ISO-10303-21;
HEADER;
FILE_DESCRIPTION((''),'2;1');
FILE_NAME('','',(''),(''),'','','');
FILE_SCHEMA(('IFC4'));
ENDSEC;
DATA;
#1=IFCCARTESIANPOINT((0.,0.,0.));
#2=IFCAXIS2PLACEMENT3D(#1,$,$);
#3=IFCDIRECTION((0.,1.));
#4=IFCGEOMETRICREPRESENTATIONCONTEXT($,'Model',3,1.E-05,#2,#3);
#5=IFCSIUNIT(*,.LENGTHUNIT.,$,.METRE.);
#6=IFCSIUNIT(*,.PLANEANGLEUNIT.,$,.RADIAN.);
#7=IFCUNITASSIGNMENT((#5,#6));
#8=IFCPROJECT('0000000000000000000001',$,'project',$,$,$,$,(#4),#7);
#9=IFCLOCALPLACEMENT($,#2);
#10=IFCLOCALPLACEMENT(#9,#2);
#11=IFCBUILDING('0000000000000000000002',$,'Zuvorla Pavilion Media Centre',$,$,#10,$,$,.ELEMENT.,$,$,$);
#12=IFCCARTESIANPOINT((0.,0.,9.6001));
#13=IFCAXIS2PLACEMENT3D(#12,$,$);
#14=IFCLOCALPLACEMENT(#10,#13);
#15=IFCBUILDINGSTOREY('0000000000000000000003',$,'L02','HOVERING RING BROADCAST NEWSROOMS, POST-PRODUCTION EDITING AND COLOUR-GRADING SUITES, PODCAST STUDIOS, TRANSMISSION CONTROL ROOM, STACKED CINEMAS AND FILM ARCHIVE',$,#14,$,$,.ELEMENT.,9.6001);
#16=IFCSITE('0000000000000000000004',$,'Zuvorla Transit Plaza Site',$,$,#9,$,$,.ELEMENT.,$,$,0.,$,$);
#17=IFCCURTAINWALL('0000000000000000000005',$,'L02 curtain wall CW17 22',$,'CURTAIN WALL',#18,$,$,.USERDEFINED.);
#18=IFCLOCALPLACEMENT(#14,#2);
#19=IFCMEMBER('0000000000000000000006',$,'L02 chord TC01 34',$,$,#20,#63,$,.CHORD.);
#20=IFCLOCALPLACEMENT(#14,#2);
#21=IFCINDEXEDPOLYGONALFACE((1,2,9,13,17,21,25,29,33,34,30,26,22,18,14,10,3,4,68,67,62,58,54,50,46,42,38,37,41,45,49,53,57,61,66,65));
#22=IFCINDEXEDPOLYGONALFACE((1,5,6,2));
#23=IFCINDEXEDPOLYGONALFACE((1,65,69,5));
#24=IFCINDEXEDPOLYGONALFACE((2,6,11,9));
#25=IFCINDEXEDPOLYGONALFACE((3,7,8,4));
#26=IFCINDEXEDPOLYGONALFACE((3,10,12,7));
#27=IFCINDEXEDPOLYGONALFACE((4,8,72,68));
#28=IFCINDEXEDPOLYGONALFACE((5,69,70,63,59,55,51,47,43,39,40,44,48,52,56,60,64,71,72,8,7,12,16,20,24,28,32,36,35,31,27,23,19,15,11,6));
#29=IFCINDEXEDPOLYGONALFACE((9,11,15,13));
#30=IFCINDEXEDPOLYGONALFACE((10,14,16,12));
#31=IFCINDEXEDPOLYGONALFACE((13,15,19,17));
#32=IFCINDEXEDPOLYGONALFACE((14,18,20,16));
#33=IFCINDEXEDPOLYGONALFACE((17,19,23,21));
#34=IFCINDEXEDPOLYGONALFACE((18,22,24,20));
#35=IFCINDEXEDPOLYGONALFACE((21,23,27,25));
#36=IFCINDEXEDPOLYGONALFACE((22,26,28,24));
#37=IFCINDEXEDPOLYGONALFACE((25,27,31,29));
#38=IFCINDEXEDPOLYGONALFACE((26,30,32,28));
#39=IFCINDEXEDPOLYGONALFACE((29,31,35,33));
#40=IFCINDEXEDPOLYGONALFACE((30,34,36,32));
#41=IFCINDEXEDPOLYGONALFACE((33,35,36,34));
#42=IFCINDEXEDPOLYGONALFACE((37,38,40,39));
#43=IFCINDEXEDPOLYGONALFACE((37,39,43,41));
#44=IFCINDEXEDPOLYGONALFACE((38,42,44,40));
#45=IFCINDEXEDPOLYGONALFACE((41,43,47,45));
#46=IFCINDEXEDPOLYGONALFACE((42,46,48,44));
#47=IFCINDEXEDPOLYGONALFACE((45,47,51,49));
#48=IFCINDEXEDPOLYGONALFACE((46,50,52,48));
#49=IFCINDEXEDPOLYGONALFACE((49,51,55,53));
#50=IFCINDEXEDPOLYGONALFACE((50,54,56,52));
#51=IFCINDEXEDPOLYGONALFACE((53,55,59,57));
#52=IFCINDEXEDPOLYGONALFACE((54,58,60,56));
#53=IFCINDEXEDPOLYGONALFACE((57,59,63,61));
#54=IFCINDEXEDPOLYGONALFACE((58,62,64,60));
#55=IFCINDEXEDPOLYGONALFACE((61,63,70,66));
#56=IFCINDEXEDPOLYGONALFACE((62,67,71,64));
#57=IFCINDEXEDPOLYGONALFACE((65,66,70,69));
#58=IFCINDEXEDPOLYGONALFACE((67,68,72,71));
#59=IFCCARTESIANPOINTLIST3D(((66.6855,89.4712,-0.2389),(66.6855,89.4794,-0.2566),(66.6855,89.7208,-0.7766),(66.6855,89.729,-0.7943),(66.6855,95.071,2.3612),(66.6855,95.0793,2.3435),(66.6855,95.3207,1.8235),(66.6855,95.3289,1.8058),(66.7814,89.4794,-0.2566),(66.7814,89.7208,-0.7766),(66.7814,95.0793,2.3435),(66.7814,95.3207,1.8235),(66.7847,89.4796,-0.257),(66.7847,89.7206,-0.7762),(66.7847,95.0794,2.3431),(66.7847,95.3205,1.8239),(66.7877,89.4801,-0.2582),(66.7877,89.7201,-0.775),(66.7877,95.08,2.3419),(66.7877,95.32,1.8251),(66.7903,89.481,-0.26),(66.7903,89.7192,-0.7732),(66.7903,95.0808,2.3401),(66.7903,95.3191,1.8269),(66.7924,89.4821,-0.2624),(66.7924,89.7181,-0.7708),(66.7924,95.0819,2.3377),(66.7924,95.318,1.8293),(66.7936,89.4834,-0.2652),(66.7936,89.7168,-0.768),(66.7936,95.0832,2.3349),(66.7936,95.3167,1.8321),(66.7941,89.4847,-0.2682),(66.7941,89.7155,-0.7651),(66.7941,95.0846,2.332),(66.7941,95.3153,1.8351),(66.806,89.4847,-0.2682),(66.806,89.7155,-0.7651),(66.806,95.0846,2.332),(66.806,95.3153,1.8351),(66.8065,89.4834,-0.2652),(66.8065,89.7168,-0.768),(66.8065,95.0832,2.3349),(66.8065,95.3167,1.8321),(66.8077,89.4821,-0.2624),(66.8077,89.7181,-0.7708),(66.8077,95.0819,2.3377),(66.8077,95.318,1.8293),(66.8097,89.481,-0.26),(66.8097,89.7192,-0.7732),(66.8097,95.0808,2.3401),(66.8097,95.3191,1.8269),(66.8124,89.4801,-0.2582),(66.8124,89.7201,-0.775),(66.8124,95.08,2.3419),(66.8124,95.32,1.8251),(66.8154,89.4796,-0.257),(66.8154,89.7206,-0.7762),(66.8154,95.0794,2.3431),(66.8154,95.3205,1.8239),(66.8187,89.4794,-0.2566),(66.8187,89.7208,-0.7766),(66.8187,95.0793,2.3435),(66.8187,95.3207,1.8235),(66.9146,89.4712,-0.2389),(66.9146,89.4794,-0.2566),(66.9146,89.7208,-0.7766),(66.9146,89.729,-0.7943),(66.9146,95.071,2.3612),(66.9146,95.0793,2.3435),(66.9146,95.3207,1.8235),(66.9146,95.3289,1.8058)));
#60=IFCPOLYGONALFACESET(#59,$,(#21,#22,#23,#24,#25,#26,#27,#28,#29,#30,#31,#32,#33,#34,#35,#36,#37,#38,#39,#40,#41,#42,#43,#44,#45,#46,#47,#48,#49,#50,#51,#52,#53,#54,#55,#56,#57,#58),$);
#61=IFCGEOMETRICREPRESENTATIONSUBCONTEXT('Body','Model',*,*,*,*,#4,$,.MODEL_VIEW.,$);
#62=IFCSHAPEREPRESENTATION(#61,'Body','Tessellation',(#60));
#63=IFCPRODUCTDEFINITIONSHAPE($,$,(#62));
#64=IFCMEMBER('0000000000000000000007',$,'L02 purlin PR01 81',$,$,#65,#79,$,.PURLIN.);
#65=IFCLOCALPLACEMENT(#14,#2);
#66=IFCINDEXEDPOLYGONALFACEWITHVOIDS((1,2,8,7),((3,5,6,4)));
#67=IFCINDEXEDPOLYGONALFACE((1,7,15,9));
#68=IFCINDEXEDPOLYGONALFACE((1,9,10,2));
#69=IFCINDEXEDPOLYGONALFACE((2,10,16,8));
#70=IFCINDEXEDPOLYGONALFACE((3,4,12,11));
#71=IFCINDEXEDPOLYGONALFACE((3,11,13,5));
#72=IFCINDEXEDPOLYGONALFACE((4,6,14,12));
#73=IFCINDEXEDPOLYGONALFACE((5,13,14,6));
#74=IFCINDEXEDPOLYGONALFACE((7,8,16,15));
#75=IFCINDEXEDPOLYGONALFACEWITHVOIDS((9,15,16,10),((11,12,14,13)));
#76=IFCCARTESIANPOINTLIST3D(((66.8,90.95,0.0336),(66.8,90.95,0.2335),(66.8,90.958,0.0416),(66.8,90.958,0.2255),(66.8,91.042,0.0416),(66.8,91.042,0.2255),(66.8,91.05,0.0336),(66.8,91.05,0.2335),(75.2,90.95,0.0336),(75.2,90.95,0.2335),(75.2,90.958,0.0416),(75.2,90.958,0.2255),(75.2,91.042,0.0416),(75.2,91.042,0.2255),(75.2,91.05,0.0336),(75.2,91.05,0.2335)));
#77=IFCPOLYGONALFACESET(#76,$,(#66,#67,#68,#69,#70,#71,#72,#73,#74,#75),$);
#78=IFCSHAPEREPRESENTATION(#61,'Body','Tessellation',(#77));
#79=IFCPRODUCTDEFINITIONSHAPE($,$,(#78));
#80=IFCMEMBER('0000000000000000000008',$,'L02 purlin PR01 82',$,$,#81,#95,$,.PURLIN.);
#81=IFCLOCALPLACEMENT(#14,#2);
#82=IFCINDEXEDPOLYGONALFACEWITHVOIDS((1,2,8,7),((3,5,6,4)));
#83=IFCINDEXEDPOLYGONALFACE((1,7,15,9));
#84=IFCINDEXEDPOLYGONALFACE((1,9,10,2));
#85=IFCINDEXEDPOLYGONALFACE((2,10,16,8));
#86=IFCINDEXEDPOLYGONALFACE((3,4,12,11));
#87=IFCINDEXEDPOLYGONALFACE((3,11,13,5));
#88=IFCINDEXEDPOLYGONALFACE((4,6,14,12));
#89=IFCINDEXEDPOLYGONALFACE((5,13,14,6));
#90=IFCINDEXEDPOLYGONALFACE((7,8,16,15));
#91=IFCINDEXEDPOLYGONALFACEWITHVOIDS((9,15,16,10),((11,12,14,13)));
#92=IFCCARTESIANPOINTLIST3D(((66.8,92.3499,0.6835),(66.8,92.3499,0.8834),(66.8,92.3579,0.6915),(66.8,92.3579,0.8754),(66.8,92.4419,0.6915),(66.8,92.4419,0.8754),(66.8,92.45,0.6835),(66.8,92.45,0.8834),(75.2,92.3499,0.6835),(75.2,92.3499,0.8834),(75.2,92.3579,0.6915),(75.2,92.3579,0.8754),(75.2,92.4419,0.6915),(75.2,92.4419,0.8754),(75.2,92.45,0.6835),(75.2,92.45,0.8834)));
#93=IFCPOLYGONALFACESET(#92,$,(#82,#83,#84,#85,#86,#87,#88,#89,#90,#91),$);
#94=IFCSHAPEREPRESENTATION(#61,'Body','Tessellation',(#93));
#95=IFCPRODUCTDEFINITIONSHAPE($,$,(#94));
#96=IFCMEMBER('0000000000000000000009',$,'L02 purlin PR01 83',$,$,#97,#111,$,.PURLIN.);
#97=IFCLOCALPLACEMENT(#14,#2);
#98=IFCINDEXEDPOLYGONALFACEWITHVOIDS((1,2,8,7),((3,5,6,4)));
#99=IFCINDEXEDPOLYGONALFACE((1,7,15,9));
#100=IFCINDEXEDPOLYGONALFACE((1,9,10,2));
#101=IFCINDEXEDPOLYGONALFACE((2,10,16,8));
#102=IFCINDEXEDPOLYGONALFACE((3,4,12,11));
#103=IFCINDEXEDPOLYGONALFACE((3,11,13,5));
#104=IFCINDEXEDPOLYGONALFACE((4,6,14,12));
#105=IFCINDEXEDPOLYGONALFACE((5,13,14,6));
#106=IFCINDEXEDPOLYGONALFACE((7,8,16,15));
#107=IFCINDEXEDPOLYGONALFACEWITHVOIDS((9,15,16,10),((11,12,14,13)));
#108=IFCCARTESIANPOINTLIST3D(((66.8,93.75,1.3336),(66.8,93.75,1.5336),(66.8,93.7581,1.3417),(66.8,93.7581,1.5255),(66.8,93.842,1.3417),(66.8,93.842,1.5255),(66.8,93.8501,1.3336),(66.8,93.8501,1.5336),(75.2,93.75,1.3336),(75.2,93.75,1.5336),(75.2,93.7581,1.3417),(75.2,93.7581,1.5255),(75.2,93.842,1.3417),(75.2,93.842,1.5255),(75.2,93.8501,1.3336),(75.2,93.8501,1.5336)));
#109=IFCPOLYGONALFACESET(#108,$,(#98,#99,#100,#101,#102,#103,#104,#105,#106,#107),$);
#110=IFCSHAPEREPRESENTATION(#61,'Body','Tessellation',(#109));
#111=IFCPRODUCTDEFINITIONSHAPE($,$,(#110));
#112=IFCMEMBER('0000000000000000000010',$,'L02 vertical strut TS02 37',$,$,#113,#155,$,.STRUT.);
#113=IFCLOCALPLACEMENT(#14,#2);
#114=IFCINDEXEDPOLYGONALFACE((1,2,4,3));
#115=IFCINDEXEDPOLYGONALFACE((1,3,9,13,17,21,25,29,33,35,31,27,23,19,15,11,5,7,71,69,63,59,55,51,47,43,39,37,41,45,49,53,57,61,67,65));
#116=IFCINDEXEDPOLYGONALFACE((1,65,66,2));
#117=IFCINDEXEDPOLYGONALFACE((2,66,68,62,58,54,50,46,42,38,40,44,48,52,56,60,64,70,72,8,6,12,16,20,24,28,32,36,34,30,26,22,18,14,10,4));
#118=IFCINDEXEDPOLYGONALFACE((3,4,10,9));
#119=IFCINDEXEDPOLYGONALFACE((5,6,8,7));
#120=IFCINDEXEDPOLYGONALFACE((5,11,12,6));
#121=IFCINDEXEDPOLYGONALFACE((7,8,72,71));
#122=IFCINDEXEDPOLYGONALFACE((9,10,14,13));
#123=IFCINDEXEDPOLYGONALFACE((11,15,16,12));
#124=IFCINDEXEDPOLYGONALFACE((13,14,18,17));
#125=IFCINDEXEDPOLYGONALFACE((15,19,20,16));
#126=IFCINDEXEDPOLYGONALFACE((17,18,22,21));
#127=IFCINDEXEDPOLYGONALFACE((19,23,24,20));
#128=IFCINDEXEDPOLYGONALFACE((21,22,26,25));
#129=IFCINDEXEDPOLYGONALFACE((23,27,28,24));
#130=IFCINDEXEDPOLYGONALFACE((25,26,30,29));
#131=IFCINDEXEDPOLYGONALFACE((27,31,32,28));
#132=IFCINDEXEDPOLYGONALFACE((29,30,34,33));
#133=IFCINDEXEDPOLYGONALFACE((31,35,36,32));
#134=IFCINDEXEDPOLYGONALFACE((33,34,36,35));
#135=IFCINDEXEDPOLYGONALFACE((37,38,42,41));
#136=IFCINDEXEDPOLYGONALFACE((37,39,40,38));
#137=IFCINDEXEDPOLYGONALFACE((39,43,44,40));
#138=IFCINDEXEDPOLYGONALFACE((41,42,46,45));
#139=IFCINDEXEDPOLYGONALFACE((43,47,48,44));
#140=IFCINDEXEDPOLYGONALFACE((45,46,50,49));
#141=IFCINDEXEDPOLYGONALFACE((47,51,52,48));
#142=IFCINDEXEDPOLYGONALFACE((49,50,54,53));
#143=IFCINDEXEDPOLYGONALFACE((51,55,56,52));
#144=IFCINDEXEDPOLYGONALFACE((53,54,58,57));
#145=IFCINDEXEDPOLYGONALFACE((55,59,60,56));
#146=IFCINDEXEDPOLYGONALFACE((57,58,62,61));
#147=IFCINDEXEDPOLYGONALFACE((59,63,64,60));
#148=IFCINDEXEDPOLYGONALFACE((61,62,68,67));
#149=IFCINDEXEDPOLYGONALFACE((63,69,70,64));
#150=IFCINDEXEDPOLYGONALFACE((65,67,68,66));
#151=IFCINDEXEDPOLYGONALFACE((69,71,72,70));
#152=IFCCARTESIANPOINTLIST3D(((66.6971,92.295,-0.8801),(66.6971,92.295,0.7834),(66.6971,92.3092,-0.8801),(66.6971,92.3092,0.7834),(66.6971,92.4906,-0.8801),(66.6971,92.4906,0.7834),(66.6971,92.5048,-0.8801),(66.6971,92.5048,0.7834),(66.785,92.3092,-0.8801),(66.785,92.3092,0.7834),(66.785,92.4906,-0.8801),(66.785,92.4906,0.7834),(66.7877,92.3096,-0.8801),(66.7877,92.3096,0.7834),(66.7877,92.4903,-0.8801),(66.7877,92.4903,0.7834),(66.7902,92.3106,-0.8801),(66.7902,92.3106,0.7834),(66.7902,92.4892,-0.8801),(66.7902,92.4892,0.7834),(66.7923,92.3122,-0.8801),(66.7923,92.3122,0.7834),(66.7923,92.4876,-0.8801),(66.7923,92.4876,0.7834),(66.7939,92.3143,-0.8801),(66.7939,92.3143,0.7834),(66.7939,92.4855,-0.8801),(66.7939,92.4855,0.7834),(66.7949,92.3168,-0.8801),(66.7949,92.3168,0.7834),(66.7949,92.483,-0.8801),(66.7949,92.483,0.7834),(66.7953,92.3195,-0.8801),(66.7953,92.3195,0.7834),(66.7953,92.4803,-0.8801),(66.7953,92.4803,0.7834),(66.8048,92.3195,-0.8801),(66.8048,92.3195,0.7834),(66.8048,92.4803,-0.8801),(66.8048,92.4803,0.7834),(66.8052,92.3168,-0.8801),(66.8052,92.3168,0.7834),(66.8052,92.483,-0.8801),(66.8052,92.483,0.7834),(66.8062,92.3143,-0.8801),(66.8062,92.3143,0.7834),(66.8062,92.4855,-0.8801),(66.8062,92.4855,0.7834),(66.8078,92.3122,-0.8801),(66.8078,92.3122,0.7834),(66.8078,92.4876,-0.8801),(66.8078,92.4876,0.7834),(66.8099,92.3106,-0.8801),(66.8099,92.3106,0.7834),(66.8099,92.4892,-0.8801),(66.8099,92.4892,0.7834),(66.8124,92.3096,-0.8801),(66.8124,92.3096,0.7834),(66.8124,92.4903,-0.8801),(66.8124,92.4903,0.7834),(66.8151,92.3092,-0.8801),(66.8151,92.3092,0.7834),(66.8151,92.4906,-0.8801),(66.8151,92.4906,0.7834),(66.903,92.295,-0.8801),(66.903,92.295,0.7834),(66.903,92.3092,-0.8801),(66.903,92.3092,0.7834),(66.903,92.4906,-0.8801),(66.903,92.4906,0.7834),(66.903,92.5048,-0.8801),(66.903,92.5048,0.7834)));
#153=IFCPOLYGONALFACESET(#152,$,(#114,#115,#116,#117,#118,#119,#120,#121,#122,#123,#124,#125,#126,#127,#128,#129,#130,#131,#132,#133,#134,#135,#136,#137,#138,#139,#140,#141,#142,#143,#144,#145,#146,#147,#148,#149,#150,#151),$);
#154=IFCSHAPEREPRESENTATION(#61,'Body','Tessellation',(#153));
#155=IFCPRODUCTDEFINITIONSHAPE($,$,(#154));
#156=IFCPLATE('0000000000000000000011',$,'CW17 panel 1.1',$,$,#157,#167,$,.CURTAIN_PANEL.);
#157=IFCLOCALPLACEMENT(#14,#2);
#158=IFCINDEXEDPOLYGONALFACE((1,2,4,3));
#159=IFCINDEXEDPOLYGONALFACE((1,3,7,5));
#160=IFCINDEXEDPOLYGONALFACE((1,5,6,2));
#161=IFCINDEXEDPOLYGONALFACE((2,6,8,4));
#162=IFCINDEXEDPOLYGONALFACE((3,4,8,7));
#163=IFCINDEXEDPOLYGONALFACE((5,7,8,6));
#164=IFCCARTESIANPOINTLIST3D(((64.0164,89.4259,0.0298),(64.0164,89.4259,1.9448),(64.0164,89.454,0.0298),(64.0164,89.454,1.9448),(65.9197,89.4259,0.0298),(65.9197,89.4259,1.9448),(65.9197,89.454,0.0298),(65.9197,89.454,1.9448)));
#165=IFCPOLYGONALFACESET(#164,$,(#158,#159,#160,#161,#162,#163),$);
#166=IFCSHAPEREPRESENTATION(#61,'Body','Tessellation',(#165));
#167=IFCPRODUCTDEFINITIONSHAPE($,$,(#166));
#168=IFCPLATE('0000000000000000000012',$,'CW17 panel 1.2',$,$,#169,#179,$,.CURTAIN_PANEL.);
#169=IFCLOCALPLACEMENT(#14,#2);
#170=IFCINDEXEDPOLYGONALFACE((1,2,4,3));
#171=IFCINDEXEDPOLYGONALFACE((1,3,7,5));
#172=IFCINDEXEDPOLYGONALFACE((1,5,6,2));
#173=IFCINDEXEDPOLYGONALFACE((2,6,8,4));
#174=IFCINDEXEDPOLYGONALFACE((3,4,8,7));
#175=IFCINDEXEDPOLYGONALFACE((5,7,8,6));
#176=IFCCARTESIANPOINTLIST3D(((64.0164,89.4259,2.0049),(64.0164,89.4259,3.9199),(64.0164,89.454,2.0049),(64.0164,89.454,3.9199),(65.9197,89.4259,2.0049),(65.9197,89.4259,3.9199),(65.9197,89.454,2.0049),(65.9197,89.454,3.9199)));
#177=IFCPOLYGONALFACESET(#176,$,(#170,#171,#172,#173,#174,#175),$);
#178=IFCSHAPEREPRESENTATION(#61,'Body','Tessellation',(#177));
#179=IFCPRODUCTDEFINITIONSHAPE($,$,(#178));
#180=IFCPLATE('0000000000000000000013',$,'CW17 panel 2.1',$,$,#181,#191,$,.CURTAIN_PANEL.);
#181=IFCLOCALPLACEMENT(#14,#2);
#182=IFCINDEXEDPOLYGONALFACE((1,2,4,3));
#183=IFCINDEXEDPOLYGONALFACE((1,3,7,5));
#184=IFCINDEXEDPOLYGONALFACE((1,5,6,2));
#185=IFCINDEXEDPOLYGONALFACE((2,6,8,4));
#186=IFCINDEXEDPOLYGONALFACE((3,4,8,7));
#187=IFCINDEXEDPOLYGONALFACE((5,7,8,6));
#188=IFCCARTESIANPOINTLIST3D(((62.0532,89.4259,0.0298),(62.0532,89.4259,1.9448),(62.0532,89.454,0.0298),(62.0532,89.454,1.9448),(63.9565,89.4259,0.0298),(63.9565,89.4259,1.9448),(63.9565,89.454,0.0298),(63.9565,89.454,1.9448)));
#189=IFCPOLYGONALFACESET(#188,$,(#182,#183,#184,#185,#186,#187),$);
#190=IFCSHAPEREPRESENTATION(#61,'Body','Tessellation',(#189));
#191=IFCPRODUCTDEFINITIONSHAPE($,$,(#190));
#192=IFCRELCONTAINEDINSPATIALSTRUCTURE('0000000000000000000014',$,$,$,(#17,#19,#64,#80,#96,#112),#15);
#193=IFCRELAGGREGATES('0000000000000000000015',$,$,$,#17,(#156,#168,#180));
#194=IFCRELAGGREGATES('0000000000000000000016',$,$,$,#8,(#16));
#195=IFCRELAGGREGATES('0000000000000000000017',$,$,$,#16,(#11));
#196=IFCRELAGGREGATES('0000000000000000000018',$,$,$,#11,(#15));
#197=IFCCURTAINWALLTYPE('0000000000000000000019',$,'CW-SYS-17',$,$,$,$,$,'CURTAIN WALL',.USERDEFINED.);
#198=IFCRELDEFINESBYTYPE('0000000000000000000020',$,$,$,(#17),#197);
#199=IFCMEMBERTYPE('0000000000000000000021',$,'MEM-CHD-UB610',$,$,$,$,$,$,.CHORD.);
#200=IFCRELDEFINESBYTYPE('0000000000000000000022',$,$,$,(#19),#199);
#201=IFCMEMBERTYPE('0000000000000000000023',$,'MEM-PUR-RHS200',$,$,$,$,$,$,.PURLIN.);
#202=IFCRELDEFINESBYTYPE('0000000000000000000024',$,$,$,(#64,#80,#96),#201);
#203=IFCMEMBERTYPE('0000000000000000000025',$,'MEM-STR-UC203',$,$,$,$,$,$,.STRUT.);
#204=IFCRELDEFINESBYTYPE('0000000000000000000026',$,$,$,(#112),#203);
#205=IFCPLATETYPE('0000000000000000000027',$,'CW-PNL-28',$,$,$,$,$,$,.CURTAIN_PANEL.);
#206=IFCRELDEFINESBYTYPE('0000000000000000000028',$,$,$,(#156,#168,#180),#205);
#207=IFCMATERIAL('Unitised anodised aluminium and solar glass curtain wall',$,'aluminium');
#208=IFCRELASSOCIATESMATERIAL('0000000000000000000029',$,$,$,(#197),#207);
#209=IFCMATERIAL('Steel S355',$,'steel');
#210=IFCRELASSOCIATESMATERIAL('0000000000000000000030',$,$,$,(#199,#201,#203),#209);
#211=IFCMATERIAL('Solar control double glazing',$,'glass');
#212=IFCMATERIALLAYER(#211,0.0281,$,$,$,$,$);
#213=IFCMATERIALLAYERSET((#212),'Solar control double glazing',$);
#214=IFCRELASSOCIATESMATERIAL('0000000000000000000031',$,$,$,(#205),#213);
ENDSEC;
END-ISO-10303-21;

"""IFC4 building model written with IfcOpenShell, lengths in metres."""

from ifc_helpers import new_model, si_unit, direction, frame, origin, origin_2d, place, context, subcontext, project, spatial, rectangle, hollow_rectangle, i_section, extrude, material, layer, layer_set, material_profile, profile_set, type_object, element, aggregate, save


model = new_model("IFC4")

# Units and contexts
model_context = context("Model", 3, precision=1e-05, world=origin(), true_north=direction((0.0, 1.0)))
body_context = subcontext(model_context, "Body", "Model", "MODEL_VIEW")
ifc_project = project(units=[si_unit("LENGTHUNIT", "METRE"), si_unit("PLANEANGLEUNIT", "RADIAN")], contexts=[model_context])

# Site, building, storey
site_placement = place(None, origin())
site = spatial("IfcSite", under=ifc_project, at=site_placement, Name="Zuvorla Transit Plaza Site", CompositionType="ELEMENT", RefElevation=0.0)
building_placement = place(site_placement, origin())
building = spatial("IfcBuilding", under=site, at=building_placement, Name="Zuvorla Pavilion Media Centre", CompositionType="ELEMENT")
storey_placement = place(building_placement, frame((0.0, 0.0, 9.6001)))
storey = spatial("IfcBuildingStorey", under=building, at=storey_placement, Name="L02", Description="HOVERING RING BROADCAST NEWSROOMS, POST-PRODUCTION EDITING AND COLOUR-GRADING SUITES, PODCAST STUDIOS, TRANSMISSION CONTROL ROOM, STACKED CINEMAS AND FILM ARCHIVE", CompositionType="ELEMENT", Elevation=9.6001)

# Shared definitions
ifc_material_1 = material(Name="Steel S355", Category="steel")

# Curtain wall
ifc_material_2 = material(Name="Unitised anodised aluminium and solar glass curtain wall", Category="aluminium")
curtain_wall_type = type_object("IfcCurtainWallType", Name="CW-SYS-17", ElementType="CURTAIN WALL", PredefinedType="USERDEFINED", material=ifc_material_2)
curtain_wall_placement = place(storey_placement, origin())
curtain_wall = element("IfcCurtainWall", 1, at=curtain_wall_placement, inside=storey, type_object=curtain_wall_type, Name="L02 curtain wall CW17 22", ObjectType="CURTAIN WALL", PredefinedType="USERDEFINED")

# Members
ifc_material_profile_1 = material_profile(ifc_material_1, i_section(OverallWidth=0.229, OverallDepth=0.6123, WebThickness=0.012, FlangeThickness=0.0195, FilletRadius=0.0127, at=origin_2d()), Name="UB 610x229x125")
ifc_profile_set_1 = profile_set([ifc_material_profile_1], Name="Steel S355")
member_type_1 = type_object("IfcMemberType", Name="MEM-CHD-UB610", PredefinedType="CHORD", material=ifc_profile_set_1)
member_1_placement = place(storey_placement, frame((66.8, 89.6001, -0.5166), z_axis=(0.0, 0.906999, 0.421133), x_axis=(-1.0, 0.0, 0.0)))
element("IfcMember", 2, at=member_1_placement, inside=storey, type_object=member_type_1, Name="L02 chord TC01 34", PredefinedType="CHORD", context=body_context, shape_type="SweptSolid", body=[
    extrude(i_section(OverallWidth=0.229, OverallDepth=0.6123, WebThickness=0.012, FlangeThickness=0.0195, FilletRadius=0.0127, at=origin_2d()), origin(), (0.0, 0.0, 1.0), 6.1741),
])
ifc_material_profile_2 = material_profile(ifc_material_1, hollow_rectangle(XDim=0.1001, YDim=0.2, WallThickness=0.0081, at=origin_2d()), Name="RHS 200x100x8")
ifc_profile_set_2 = profile_set([ifc_material_profile_2], Name="Steel S355")
member_type_2 = type_object("IfcMemberType", Name="MEM-PUR-RHS200", PredefinedType="PURLIN", material=ifc_profile_set_2)
for number, where, z_axis, x_axis, name in (
    (3, (66.8, 91.0, 0.1335), (1.0, 0.0, 0.0), (0.0, 1.0, 0.0), "L02 purlin PR01 81"),
    (4, (66.8, 92.3999, 0.7834), (1.0, 0.0, 0.0), (0.0, 1.0, 0.0), "L02 purlin PR01 82"),
    (5, (66.8, 93.8, 1.4336), (1.0, 0.0, 0.0), (0.0, 1.0, 0.0), "L02 purlin PR01 83"),
):
    element("IfcMember", number, at=place(storey_placement, frame(where, z_axis=z_axis, x_axis=x_axis)), inside=storey, type_object=member_type_2, Name=name, PredefinedType="PURLIN", context=body_context, shape_type="SweptSolid", body=[
        extrude(hollow_rectangle(XDim=0.1001, YDim=0.2, WallThickness=0.0081, at=origin_2d()), origin(), (0.0, 0.0, 1.0), 8.3999),
    ])
ifc_material_profile_3 = material_profile(ifc_material_1, i_section(OverallWidth=0.2058, OverallDepth=0.2097, WebThickness=0.0095, FlangeThickness=0.0142, FilletRadius=0.0103, at=origin_2d()), Name="UC 203x203x60")
ifc_profile_set_3 = profile_set([ifc_material_profile_3], Name="Steel S355")
member_type_3 = type_object("IfcMemberType", Name="MEM-STR-UC203", PredefinedType="STRUT", material=ifc_profile_set_3)
member_2_placement = place(storey_placement, frame((66.8, 92.3999, -0.8801), z_axis=(0.0, 0.0, 1.0), x_axis=(1.0, 0.0, 0.0)))
element("IfcMember", 6, at=member_2_placement, inside=storey, type_object=member_type_3, Name="L02 vertical strut TS02 37", PredefinedType="STRUT", context=body_context, shape_type="SweptSolid", body=[
    extrude(i_section(OverallWidth=0.2058, OverallDepth=0.2097, WebThickness=0.0095, FlangeThickness=0.0142, FilletRadius=0.0103, at=origin_2d()), origin(), (0.0, 0.0, 1.0), 1.6636),
])

# Plates
ifc_material_3 = material(Name="Solar control double glazing", Category="glass")
ifc_layer_1 = layer(ifc_material_3, 0.0281)
ifc_layer_set_1 = layer_set([ifc_layer_1], Name="Solar control double glazing")
plate_type_1 = type_object("IfcPlateType", Name="CW-PNL-28", PredefinedType="CURTAIN_PANEL", material=ifc_layer_set_1)
plate_1_placement = place(storey_placement, frame((64.968, 89.4399, 0.0298), z_axis=(0.0, 0.0, 1.0), x_axis=(-1.0, 0.0, 0.0)))
plate_1 = element("IfcPlate", 7, at=plate_1_placement, type_object=plate_type_1, Name="CW17 panel 1.1", PredefinedType="CURTAIN_PANEL", context=body_context, shape_type="SweptSolid", body=[
    extrude(rectangle(XDim=1.9033, YDim=0.0281, at=origin_2d()), origin(), (0.0, 0.0, 1.0), 1.915),
])
plate_2_placement = place(storey_placement, frame((64.968, 89.4399, 2.0049), z_axis=(0.0, 0.0, 1.0), x_axis=(-1.0, 0.0, 0.0)))
plate_2 = element("IfcPlate", 8, at=plate_2_placement, type_object=plate_type_1, Name="CW17 panel 1.2", PredefinedType="CURTAIN_PANEL", context=body_context, shape_type="SweptSolid", body=[
    extrude(rectangle(XDim=1.9033, YDim=0.0281, at=origin_2d()), origin(), (0.0, 0.0, 1.0), 1.915),
])
plate_3_placement = place(storey_placement, frame((63.0049, 89.4399, 0.0298), z_axis=(0.0, 0.0, 1.0), x_axis=(-1.0, 0.0, 0.0)))
plate_3 = element("IfcPlate", 9, at=plate_3_placement, type_object=plate_type_1, Name="CW17 panel 2.1", PredefinedType="CURTAIN_PANEL", context=body_context, shape_type="SweptSolid", body=[
    extrude(rectangle(XDim=1.9033, YDim=0.0281, at=origin_2d()), origin(), (0.0, 0.0, 1.0), 1.915),
])
aggregate(curtain_wall, [plate_1, plate_2, plate_3])

save(model, "model.ifc")
